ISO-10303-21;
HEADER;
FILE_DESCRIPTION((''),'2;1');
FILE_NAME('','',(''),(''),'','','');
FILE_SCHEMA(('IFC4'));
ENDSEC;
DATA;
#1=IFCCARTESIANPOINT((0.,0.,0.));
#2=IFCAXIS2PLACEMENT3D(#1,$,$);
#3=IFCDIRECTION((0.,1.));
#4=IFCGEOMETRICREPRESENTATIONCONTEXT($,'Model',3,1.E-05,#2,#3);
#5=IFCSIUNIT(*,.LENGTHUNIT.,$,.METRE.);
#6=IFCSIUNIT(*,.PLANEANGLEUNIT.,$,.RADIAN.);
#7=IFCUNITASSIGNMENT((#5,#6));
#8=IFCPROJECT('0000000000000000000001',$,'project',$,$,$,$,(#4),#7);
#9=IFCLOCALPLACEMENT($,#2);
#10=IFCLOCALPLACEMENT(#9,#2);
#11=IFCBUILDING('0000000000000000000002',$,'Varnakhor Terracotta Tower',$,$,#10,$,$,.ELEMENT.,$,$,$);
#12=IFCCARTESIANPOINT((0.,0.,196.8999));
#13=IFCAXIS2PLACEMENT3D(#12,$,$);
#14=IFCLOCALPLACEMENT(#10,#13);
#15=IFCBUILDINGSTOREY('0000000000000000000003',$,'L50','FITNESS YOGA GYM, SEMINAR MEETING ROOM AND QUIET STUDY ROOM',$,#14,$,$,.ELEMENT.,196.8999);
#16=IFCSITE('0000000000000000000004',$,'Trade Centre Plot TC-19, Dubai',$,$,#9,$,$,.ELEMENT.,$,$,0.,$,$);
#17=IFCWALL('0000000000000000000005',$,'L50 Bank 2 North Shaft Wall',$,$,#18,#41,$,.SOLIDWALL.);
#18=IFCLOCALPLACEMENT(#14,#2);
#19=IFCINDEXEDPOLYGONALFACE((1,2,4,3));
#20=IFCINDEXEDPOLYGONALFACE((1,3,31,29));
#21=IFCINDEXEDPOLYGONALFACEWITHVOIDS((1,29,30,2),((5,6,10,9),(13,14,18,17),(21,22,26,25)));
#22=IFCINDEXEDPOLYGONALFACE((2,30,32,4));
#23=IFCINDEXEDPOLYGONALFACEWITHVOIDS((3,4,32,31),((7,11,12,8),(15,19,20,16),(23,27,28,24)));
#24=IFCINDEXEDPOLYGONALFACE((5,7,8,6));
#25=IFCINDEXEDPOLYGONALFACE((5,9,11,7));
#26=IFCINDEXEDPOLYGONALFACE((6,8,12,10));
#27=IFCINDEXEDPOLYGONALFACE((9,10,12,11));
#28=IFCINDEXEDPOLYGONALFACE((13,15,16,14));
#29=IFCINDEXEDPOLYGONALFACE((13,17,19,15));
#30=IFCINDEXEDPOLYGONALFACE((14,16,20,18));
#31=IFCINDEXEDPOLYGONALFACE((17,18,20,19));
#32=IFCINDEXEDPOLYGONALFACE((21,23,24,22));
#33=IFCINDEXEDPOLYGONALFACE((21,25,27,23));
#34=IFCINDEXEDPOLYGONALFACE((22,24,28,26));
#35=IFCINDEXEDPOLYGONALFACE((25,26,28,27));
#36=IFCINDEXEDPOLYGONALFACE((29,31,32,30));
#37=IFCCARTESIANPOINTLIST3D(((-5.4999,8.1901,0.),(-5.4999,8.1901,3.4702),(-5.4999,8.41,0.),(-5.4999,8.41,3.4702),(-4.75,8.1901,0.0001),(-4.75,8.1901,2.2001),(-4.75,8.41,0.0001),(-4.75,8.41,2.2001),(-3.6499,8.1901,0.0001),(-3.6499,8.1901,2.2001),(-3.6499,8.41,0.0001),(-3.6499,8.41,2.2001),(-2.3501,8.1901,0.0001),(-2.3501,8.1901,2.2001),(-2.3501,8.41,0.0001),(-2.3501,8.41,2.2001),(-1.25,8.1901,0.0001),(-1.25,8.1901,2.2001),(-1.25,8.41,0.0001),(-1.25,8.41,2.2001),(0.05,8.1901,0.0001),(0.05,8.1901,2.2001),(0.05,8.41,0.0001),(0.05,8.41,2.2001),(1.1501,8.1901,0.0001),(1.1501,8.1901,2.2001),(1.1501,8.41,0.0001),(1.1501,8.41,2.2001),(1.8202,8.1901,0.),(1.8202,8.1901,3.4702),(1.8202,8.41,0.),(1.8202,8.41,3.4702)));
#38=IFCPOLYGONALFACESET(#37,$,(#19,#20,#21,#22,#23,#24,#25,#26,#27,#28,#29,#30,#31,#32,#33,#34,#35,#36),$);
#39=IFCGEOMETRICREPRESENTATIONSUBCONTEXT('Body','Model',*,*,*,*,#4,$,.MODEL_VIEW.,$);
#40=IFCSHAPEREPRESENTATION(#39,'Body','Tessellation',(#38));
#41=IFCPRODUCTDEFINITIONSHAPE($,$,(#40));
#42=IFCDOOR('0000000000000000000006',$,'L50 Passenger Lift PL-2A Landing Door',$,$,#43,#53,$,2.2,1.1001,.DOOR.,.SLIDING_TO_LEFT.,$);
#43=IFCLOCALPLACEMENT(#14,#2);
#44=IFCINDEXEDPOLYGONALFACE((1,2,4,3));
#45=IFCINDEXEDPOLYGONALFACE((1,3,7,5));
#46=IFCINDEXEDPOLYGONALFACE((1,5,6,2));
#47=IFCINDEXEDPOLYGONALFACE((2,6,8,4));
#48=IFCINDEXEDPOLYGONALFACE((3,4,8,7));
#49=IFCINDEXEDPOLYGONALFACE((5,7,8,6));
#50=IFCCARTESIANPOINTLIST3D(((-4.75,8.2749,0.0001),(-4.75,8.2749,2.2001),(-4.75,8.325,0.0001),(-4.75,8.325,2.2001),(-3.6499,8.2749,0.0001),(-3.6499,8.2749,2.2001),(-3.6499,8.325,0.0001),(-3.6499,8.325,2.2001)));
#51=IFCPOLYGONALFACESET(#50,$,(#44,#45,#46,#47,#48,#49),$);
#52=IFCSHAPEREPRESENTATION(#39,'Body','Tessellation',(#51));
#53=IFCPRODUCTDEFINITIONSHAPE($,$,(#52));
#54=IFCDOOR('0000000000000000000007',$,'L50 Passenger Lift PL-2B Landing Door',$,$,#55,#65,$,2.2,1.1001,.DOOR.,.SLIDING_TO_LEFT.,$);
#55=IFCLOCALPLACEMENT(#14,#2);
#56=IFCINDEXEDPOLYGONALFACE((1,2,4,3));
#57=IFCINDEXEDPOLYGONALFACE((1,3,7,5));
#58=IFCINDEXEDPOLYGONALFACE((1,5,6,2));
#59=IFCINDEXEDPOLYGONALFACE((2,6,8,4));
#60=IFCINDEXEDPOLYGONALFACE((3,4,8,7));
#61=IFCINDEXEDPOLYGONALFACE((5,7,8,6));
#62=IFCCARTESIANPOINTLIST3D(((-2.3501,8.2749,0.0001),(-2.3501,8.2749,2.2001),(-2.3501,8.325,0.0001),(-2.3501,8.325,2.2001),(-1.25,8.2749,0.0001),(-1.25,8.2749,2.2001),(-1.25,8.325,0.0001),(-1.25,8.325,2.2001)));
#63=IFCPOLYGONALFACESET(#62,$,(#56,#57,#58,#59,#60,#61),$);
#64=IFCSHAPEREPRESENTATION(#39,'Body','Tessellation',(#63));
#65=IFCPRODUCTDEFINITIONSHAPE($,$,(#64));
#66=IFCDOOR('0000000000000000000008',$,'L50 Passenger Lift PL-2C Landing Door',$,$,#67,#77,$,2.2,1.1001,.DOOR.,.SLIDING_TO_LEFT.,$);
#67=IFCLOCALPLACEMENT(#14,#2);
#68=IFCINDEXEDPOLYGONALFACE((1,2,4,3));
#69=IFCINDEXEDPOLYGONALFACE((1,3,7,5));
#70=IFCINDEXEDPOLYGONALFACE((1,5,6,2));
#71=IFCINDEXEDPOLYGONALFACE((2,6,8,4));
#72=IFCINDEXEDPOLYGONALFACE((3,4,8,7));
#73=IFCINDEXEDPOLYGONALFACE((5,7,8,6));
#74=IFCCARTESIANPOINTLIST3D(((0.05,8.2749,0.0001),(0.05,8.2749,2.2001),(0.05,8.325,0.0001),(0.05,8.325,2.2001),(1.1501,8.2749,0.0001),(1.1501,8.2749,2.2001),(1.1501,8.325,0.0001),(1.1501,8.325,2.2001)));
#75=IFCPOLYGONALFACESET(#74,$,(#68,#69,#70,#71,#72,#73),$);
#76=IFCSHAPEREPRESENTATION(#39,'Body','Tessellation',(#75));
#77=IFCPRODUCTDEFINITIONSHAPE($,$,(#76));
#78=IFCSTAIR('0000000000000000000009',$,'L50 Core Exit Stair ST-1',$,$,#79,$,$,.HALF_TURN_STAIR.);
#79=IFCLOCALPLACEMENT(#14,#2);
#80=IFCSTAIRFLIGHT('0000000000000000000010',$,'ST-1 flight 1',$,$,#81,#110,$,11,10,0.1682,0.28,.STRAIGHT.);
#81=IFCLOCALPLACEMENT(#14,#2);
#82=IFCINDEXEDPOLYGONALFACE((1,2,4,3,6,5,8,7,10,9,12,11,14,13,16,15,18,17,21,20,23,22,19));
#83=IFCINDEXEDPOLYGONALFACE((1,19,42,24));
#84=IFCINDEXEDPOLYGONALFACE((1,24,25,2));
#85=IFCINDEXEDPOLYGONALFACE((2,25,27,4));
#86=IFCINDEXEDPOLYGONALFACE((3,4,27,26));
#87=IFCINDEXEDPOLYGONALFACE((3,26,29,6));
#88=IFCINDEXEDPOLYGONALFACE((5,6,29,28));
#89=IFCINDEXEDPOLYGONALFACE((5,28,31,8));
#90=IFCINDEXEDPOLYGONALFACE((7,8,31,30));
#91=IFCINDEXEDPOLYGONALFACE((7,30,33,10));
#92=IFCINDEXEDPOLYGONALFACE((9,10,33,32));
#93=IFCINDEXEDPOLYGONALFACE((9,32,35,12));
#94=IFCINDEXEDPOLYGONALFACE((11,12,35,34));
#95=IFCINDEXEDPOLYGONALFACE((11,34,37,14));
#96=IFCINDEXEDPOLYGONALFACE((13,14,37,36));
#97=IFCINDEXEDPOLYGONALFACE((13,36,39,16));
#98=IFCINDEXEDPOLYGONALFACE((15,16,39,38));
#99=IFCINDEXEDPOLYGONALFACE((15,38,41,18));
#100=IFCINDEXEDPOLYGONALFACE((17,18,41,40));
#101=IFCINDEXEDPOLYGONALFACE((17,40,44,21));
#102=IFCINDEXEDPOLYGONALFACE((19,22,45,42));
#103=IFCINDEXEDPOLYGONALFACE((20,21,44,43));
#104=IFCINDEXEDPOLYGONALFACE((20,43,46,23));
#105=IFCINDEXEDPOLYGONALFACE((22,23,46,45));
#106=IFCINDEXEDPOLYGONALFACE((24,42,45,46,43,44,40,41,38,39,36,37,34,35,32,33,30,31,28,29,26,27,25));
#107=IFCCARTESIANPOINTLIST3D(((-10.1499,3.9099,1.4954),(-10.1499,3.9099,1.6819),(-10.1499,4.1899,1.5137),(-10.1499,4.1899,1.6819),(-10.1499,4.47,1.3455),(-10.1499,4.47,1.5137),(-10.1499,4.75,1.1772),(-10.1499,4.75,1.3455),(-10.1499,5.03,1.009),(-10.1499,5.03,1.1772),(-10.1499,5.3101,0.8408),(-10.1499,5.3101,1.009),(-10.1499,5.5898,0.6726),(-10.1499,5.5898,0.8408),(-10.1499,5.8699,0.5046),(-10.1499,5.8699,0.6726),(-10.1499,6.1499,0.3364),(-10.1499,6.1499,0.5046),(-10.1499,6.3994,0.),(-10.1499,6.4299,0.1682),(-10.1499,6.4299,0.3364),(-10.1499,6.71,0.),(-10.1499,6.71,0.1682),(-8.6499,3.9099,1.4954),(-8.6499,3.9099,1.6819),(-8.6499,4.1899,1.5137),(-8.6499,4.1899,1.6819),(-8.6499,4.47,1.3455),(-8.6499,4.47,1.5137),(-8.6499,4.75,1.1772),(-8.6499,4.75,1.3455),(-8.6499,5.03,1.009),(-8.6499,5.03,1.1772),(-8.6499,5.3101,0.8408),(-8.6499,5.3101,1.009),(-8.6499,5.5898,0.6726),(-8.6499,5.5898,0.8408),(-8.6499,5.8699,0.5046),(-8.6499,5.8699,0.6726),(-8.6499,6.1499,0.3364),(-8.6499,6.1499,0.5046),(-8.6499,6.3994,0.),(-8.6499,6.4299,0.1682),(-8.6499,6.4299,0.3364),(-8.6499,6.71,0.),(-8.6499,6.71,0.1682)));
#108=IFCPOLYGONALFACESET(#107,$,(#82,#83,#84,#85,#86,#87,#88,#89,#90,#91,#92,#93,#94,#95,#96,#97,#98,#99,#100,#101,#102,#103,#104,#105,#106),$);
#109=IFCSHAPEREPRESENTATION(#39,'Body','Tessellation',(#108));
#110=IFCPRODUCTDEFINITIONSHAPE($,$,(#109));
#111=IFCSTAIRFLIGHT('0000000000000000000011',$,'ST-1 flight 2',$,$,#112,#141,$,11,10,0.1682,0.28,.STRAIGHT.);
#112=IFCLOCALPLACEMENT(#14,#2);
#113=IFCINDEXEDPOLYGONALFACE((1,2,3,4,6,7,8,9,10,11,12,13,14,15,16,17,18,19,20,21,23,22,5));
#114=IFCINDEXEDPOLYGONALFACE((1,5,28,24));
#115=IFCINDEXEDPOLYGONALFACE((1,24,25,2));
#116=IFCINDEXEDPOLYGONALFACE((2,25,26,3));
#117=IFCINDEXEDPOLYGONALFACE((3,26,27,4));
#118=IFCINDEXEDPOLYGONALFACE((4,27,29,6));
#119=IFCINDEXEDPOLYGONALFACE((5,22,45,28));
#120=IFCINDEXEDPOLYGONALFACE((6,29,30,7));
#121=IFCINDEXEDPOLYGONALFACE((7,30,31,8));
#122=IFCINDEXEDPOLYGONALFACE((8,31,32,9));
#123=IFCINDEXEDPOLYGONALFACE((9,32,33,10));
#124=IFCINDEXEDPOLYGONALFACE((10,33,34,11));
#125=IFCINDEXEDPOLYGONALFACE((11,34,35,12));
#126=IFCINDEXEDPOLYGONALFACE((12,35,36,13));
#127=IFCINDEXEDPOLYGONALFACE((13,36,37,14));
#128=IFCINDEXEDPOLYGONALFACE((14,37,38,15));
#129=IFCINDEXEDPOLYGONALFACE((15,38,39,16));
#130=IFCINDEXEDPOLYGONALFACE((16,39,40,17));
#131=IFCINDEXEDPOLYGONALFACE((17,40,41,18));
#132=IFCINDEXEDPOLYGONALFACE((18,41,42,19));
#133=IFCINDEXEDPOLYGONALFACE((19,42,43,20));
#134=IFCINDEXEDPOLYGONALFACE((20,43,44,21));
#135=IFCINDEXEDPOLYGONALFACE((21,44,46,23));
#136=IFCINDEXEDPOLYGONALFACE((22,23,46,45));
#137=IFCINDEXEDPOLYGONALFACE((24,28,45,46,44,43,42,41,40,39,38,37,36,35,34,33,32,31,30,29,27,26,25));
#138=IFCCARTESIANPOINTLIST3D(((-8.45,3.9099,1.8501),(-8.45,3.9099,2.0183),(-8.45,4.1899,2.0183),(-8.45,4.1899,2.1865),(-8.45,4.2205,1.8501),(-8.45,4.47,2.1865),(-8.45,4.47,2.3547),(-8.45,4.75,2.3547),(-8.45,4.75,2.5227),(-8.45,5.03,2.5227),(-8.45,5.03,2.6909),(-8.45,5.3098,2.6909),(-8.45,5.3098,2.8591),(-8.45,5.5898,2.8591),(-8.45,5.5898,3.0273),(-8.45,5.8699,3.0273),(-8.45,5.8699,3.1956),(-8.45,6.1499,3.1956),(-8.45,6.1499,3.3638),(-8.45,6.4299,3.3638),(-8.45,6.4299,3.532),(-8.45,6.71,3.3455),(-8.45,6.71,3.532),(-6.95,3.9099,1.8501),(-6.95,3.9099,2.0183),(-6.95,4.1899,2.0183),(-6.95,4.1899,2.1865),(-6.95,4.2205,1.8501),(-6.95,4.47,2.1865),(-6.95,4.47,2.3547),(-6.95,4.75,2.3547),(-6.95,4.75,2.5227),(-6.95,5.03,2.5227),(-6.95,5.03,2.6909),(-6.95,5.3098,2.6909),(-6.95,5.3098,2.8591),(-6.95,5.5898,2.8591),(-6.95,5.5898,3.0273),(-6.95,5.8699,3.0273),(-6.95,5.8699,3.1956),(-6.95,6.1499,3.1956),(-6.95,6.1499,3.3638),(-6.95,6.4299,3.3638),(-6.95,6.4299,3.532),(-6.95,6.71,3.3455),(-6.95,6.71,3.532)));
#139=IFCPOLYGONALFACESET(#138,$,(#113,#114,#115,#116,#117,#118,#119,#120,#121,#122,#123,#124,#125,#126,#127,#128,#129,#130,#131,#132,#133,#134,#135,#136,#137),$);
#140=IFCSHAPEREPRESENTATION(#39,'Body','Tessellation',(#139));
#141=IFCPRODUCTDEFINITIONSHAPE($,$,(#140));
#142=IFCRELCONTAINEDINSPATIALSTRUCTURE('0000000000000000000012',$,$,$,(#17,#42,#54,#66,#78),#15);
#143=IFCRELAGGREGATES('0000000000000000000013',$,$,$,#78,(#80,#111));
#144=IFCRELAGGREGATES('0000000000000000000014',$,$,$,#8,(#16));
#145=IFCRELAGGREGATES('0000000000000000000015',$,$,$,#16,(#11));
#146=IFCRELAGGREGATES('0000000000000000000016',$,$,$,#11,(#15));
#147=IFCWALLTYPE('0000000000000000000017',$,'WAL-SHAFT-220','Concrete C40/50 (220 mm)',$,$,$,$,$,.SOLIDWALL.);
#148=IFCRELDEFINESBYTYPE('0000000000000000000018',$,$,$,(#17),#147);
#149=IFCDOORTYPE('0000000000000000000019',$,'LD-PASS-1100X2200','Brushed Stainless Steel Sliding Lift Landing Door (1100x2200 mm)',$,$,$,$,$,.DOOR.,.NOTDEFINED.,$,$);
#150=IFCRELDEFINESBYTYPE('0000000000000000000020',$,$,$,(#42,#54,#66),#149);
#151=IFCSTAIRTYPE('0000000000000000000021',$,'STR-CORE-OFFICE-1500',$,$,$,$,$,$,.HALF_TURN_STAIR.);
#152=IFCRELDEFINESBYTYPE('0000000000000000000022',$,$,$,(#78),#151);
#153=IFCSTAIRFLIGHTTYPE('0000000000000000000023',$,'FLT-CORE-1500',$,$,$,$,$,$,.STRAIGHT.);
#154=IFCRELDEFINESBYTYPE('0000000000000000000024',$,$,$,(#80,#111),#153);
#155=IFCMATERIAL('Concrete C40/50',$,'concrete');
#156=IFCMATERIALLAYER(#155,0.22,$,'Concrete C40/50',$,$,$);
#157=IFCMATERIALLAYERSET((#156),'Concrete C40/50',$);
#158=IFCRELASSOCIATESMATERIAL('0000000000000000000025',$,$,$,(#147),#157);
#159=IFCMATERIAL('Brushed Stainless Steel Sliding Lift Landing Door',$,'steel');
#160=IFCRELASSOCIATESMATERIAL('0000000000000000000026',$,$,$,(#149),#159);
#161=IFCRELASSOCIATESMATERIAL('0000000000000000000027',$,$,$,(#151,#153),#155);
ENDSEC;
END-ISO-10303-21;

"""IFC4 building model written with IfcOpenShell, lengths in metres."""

from ifc_helpers import new_model, si_unit, direction, frame, frame_2d, origin, place, context, subcontext, project, spatial, polyline, rectangle, outline, extrude, source, transform, mapped, material, layer, layer_set, type_object, type_shapes, element, fill, aggregate, save


model = new_model("IFC4")

# Units and contexts
model_context = context("Model", 3, precision=1e-05, world=origin(), true_north=direction((0.0, 1.0)))
body_context = subcontext(model_context, "Body", "Model", "MODEL_VIEW")
ifc_project = project(units=[si_unit("LENGTHUNIT", "METRE"), si_unit("PLANEANGLEUNIT", "RADIAN")], contexts=[model_context])

# Site, building, storey
site_placement = place(None, origin())
site = spatial("IfcSite", under=ifc_project, at=site_placement, Name="Trade Centre Plot TC-19, Dubai", CompositionType="ELEMENT", RefElevation=0.0)
building_placement = place(site_placement, origin())
building = spatial("IfcBuilding", under=site, at=building_placement, Name="Varnakhor Terracotta Tower", CompositionType="ELEMENT")
storey_placement = place(building_placement, frame((0.0, 0.0, 196.8999)))
storey = spatial("IfcBuildingStorey", under=building, at=storey_placement, Name="L50", Description="FITNESS YOGA GYM, SEMINAR MEETING ROOM AND QUIET STUDY ROOM", CompositionType="ELEMENT", Elevation=196.8999)

# Shared definitions
ifc_material_1 = material(Name="Concrete C40/50", Category="concrete")

# Shared definitions
ifc_layer_1 = layer(ifc_material_1, 0.22, Name="Concrete C40/50")
ifc_layer_set_1 = layer_set([ifc_layer_1], Name="Concrete C40/50")
wall_type_1 = type_object("IfcWallType", Name="WAL-SHAFT-220", Description="Concrete C40/50 (220 mm)", PredefinedType="SOLIDWALL", material=ifc_layer_set_1)

# Wall, openings, doors
wall_1_placement = place(storey_placement, frame((-5.5, 8.3, 0.0), z_axis=(0.0, 0.0, 1.0), x_axis=(1.0, 0.0, 0.0)))
wall_1 = element("IfcWall", 1, at=wall_1_placement, inside=storey, type_object=wall_type_1, Name="L50 Bank 2 North Shaft Wall", PredefinedType="SOLIDWALL", context=body_context, shape_type="SweptSolid", body=[
    extrude(rectangle(XDim=7.3201, YDim=0.22, at=frame_2d((3.6602, 0.0))), origin(), (0.0, 0.0, 1.0), 3.4702),
])
opening_1_placement = place(wall_1_placement, frame((0.75, 0.0, 0.0)))
opening_1 = element("IfcOpeningElement", 2, at=opening_1_placement, cuts=wall_1, PredefinedType="OPENING", context=body_context, shape_type="SweptSolid", body=[
    extrude(rectangle(XDim=1.1001, YDim=2.2, at=frame_2d((0.55, 1.1001))), frame((0.0, 0.1201, 0.0), z_axis=(0.0, -1.0, 0.0), x_axis=(1.0, 0.0, 0.0)), (0.0, 0.0, 1.0), 0.24),
])
opening_2_placement = place(wall_1_placement, frame((3.1499, 0.0, 0.0)))
opening_2 = element("IfcOpeningElement", 3, at=opening_2_placement, cuts=wall_1, PredefinedType="OPENING", context=body_context, shape_type="SweptSolid", body=[
    extrude(rectangle(XDim=1.1001, YDim=2.2, at=frame_2d((0.55, 1.1001))), frame((0.0, 0.1201, 0.0), z_axis=(0.0, -1.0, 0.0), x_axis=(1.0, 0.0, 0.0)), (0.0, 0.0, 1.0), 0.24),
])
opening_3_placement = place(wall_1_placement, frame((5.55, 0.0, 0.0)))
opening_3 = element("IfcOpeningElement", 4, at=opening_3_placement, cuts=wall_1, PredefinedType="OPENING", context=body_context, shape_type="SweptSolid", body=[
    extrude(rectangle(XDim=1.1001, YDim=2.2, at=frame_2d((0.55, 1.1001))), frame((0.0, 0.1201, 0.0), z_axis=(0.0, -1.0, 0.0), x_axis=(1.0, 0.0, 0.0)), (0.0, 0.0, 1.0), 0.24),
])
ifc_material_2 = material(Name="Brushed Stainless Steel Sliding Lift Landing Door", Category="steel")
door_type_1 = type_object("IfcDoorType", Name="LD-PASS-1100X2200", Description="Brushed Stainless Steel Sliding Lift Landing Door (1100x2200 mm)", OperationType="NOTDEFINED", PredefinedType="DOOR", material=ifc_material_2)
shared_shape_1 = source(origin(), body_context, "Body", "SweptSolid", [
    extrude(rectangle(XDim=1.1001, YDim=2.2, at=frame_2d((0.55, 1.1001))), frame((0.0, 0.0249, 0.0), z_axis=(0.0, -1.0, 0.0), x_axis=(1.0, 0.0, 0.0)), (0.0, 0.0, 1.0), 0.05),
])
type_shapes(door_type_1, [shared_shape_1])
door_1_placement = place(opening_1_placement, origin())
door_1 = element("IfcDoor", 5, at=door_1_placement, inside=storey, type_object=door_type_1, Name="L50 Passenger Lift PL-2A Landing Door", OperationType="SLIDING_TO_LEFT", OverallHeight=2.2, OverallWidth=1.1001, PredefinedType="DOOR", context=body_context, shape_type="MappedRepresentation", body=[
    mapped(shared_shape_1, transform((0.0, 0.0, 0.0), scale=1.0)),
])
fill(opening_1, door_1)
door_2_placement = place(opening_2_placement, origin())
door_2 = element("IfcDoor", 6, at=door_2_placement, inside=storey, type_object=door_type_1, Name="L50 Passenger Lift PL-2B Landing Door", OperationType="SLIDING_TO_LEFT", OverallHeight=2.2, OverallWidth=1.1001, PredefinedType="DOOR", context=body_context, shape_type="MappedRepresentation", body=[
    mapped(shared_shape_1, transform((0.0, 0.0, 0.0), scale=1.0)),
])
fill(opening_2, door_2)
door_3_placement = place(opening_3_placement, origin())
door_3 = element("IfcDoor", 7, at=door_3_placement, inside=storey, type_object=door_type_1, Name="L50 Passenger Lift PL-2C Landing Door", OperationType="SLIDING_TO_LEFT", OverallHeight=2.2, OverallWidth=1.1001, PredefinedType="DOOR", context=body_context, shape_type="MappedRepresentation", body=[
    mapped(shared_shape_1, transform((0.0, 0.0, 0.0), scale=1.0)),
])
fill(opening_3, door_3)

# Stair, stair flights
stair_type = type_object("IfcStairType", Name="STR-CORE-OFFICE-1500", PredefinedType="HALF_TURN_STAIR", material=ifc_material_1)
stair_placement = place(storey_placement, origin())
stair = element("IfcStair", 8, at=stair_placement, inside=storey, type_object=stair_type, Name="L50 Core Exit Stair ST-1", PredefinedType="HALF_TURN_STAIR")
stair_flight_type = type_object("IfcStairFlightType", Name="FLT-CORE-1500", PredefinedType="STRAIGHT", material=ifc_material_1)
stair_flight_1_placement = place(storey_placement, frame((-9.3999, 6.71, 0.0), z_axis=(0.0, 0.0, 1.0), x_axis=(0.0, -1.0, 0.0)))
stair_flight_1 = element("IfcStairFlight", 9, at=stair_flight_1_placement, type_object=stair_flight_type, Name="ST-1 flight 1", NumberOfRisers=11, NumberOfTreads=10, PredefinedType="STRAIGHT", RiserHeight=0.1682, TreadLength=0.28, context=body_context, shape_type="SweptSolid", body=[
    extrude(outline(polyline([(0.0, 0.0), (0.0, 0.1682), (0.28, 0.1682), (0.28, 0.3364), (0.5601, 0.3364), (0.5601, 0.5046), (0.8401, 0.5046), (0.8401, 0.6726), (1.1201, 0.6726), (1.1201, 0.8408), (1.3999, 0.8408), (1.3999, 1.009), (1.6799, 1.009), (1.6799, 1.1772), (1.96, 1.1772), (1.96, 1.3455), (2.24, 1.3455), (2.24, 1.5137), (2.52, 1.5137), (2.52, 1.6819), (2.8, 1.6819), (2.8, 1.8501), (2.8, 1.4954), (0.3105, 0.0), (0.0, 0.0)])), frame((0.0, 0.75, 0.0), z_axis=(0.0, -1.0, 0.0), x_axis=(1.0, 0.0, 0.0)), (0.0, 0.0, 1.0), 1.5),
])
stair_flight_2_placement = place(storey_placement, frame((-7.7, 3.9099, 1.8501), z_axis=(0.0, 0.0, 1.0), x_axis=(0.0, 1.0, 0.0)))
stair_flight_2 = element("IfcStairFlight", 10, at=stair_flight_2_placement, type_object=stair_flight_type, Name="ST-1 flight 2", NumberOfRisers=11, NumberOfTreads=10, PredefinedType="STRAIGHT", RiserHeight=0.1682, TreadLength=0.28, context=body_context, shape_type="SweptSolid", body=[
    extrude(outline(polyline([(0.0, 0.0), (0.0, 0.1682), (0.28, 0.1682), (0.28, 0.3364), (0.5601, 0.3364), (0.5601, 0.5046), (0.8401, 0.5046), (0.8401, 0.6726), (1.1201, 0.6726), (1.1201, 0.8408), (1.3999, 0.8408), (1.3999, 1.009), (1.6799, 1.009), (1.6799, 1.1772), (1.96, 1.1772), (1.96, 1.3455), (2.24, 1.3455), (2.24, 1.5137), (2.52, 1.5137), (2.52, 1.6819), (2.8, 1.6819), (2.8, 1.8501), (2.8, 1.4954), (0.3105, 0.0), (0.0, 0.0)])), frame((0.0, 0.75, 0.0), z_axis=(0.0, -1.0, 0.0), x_axis=(1.0, 0.0, 0.0)), (0.0, 0.0, 1.0), 1.5),
])
aggregate(stair, [stair_flight_1, stair_flight_2])

save(model, "model.ifc")
